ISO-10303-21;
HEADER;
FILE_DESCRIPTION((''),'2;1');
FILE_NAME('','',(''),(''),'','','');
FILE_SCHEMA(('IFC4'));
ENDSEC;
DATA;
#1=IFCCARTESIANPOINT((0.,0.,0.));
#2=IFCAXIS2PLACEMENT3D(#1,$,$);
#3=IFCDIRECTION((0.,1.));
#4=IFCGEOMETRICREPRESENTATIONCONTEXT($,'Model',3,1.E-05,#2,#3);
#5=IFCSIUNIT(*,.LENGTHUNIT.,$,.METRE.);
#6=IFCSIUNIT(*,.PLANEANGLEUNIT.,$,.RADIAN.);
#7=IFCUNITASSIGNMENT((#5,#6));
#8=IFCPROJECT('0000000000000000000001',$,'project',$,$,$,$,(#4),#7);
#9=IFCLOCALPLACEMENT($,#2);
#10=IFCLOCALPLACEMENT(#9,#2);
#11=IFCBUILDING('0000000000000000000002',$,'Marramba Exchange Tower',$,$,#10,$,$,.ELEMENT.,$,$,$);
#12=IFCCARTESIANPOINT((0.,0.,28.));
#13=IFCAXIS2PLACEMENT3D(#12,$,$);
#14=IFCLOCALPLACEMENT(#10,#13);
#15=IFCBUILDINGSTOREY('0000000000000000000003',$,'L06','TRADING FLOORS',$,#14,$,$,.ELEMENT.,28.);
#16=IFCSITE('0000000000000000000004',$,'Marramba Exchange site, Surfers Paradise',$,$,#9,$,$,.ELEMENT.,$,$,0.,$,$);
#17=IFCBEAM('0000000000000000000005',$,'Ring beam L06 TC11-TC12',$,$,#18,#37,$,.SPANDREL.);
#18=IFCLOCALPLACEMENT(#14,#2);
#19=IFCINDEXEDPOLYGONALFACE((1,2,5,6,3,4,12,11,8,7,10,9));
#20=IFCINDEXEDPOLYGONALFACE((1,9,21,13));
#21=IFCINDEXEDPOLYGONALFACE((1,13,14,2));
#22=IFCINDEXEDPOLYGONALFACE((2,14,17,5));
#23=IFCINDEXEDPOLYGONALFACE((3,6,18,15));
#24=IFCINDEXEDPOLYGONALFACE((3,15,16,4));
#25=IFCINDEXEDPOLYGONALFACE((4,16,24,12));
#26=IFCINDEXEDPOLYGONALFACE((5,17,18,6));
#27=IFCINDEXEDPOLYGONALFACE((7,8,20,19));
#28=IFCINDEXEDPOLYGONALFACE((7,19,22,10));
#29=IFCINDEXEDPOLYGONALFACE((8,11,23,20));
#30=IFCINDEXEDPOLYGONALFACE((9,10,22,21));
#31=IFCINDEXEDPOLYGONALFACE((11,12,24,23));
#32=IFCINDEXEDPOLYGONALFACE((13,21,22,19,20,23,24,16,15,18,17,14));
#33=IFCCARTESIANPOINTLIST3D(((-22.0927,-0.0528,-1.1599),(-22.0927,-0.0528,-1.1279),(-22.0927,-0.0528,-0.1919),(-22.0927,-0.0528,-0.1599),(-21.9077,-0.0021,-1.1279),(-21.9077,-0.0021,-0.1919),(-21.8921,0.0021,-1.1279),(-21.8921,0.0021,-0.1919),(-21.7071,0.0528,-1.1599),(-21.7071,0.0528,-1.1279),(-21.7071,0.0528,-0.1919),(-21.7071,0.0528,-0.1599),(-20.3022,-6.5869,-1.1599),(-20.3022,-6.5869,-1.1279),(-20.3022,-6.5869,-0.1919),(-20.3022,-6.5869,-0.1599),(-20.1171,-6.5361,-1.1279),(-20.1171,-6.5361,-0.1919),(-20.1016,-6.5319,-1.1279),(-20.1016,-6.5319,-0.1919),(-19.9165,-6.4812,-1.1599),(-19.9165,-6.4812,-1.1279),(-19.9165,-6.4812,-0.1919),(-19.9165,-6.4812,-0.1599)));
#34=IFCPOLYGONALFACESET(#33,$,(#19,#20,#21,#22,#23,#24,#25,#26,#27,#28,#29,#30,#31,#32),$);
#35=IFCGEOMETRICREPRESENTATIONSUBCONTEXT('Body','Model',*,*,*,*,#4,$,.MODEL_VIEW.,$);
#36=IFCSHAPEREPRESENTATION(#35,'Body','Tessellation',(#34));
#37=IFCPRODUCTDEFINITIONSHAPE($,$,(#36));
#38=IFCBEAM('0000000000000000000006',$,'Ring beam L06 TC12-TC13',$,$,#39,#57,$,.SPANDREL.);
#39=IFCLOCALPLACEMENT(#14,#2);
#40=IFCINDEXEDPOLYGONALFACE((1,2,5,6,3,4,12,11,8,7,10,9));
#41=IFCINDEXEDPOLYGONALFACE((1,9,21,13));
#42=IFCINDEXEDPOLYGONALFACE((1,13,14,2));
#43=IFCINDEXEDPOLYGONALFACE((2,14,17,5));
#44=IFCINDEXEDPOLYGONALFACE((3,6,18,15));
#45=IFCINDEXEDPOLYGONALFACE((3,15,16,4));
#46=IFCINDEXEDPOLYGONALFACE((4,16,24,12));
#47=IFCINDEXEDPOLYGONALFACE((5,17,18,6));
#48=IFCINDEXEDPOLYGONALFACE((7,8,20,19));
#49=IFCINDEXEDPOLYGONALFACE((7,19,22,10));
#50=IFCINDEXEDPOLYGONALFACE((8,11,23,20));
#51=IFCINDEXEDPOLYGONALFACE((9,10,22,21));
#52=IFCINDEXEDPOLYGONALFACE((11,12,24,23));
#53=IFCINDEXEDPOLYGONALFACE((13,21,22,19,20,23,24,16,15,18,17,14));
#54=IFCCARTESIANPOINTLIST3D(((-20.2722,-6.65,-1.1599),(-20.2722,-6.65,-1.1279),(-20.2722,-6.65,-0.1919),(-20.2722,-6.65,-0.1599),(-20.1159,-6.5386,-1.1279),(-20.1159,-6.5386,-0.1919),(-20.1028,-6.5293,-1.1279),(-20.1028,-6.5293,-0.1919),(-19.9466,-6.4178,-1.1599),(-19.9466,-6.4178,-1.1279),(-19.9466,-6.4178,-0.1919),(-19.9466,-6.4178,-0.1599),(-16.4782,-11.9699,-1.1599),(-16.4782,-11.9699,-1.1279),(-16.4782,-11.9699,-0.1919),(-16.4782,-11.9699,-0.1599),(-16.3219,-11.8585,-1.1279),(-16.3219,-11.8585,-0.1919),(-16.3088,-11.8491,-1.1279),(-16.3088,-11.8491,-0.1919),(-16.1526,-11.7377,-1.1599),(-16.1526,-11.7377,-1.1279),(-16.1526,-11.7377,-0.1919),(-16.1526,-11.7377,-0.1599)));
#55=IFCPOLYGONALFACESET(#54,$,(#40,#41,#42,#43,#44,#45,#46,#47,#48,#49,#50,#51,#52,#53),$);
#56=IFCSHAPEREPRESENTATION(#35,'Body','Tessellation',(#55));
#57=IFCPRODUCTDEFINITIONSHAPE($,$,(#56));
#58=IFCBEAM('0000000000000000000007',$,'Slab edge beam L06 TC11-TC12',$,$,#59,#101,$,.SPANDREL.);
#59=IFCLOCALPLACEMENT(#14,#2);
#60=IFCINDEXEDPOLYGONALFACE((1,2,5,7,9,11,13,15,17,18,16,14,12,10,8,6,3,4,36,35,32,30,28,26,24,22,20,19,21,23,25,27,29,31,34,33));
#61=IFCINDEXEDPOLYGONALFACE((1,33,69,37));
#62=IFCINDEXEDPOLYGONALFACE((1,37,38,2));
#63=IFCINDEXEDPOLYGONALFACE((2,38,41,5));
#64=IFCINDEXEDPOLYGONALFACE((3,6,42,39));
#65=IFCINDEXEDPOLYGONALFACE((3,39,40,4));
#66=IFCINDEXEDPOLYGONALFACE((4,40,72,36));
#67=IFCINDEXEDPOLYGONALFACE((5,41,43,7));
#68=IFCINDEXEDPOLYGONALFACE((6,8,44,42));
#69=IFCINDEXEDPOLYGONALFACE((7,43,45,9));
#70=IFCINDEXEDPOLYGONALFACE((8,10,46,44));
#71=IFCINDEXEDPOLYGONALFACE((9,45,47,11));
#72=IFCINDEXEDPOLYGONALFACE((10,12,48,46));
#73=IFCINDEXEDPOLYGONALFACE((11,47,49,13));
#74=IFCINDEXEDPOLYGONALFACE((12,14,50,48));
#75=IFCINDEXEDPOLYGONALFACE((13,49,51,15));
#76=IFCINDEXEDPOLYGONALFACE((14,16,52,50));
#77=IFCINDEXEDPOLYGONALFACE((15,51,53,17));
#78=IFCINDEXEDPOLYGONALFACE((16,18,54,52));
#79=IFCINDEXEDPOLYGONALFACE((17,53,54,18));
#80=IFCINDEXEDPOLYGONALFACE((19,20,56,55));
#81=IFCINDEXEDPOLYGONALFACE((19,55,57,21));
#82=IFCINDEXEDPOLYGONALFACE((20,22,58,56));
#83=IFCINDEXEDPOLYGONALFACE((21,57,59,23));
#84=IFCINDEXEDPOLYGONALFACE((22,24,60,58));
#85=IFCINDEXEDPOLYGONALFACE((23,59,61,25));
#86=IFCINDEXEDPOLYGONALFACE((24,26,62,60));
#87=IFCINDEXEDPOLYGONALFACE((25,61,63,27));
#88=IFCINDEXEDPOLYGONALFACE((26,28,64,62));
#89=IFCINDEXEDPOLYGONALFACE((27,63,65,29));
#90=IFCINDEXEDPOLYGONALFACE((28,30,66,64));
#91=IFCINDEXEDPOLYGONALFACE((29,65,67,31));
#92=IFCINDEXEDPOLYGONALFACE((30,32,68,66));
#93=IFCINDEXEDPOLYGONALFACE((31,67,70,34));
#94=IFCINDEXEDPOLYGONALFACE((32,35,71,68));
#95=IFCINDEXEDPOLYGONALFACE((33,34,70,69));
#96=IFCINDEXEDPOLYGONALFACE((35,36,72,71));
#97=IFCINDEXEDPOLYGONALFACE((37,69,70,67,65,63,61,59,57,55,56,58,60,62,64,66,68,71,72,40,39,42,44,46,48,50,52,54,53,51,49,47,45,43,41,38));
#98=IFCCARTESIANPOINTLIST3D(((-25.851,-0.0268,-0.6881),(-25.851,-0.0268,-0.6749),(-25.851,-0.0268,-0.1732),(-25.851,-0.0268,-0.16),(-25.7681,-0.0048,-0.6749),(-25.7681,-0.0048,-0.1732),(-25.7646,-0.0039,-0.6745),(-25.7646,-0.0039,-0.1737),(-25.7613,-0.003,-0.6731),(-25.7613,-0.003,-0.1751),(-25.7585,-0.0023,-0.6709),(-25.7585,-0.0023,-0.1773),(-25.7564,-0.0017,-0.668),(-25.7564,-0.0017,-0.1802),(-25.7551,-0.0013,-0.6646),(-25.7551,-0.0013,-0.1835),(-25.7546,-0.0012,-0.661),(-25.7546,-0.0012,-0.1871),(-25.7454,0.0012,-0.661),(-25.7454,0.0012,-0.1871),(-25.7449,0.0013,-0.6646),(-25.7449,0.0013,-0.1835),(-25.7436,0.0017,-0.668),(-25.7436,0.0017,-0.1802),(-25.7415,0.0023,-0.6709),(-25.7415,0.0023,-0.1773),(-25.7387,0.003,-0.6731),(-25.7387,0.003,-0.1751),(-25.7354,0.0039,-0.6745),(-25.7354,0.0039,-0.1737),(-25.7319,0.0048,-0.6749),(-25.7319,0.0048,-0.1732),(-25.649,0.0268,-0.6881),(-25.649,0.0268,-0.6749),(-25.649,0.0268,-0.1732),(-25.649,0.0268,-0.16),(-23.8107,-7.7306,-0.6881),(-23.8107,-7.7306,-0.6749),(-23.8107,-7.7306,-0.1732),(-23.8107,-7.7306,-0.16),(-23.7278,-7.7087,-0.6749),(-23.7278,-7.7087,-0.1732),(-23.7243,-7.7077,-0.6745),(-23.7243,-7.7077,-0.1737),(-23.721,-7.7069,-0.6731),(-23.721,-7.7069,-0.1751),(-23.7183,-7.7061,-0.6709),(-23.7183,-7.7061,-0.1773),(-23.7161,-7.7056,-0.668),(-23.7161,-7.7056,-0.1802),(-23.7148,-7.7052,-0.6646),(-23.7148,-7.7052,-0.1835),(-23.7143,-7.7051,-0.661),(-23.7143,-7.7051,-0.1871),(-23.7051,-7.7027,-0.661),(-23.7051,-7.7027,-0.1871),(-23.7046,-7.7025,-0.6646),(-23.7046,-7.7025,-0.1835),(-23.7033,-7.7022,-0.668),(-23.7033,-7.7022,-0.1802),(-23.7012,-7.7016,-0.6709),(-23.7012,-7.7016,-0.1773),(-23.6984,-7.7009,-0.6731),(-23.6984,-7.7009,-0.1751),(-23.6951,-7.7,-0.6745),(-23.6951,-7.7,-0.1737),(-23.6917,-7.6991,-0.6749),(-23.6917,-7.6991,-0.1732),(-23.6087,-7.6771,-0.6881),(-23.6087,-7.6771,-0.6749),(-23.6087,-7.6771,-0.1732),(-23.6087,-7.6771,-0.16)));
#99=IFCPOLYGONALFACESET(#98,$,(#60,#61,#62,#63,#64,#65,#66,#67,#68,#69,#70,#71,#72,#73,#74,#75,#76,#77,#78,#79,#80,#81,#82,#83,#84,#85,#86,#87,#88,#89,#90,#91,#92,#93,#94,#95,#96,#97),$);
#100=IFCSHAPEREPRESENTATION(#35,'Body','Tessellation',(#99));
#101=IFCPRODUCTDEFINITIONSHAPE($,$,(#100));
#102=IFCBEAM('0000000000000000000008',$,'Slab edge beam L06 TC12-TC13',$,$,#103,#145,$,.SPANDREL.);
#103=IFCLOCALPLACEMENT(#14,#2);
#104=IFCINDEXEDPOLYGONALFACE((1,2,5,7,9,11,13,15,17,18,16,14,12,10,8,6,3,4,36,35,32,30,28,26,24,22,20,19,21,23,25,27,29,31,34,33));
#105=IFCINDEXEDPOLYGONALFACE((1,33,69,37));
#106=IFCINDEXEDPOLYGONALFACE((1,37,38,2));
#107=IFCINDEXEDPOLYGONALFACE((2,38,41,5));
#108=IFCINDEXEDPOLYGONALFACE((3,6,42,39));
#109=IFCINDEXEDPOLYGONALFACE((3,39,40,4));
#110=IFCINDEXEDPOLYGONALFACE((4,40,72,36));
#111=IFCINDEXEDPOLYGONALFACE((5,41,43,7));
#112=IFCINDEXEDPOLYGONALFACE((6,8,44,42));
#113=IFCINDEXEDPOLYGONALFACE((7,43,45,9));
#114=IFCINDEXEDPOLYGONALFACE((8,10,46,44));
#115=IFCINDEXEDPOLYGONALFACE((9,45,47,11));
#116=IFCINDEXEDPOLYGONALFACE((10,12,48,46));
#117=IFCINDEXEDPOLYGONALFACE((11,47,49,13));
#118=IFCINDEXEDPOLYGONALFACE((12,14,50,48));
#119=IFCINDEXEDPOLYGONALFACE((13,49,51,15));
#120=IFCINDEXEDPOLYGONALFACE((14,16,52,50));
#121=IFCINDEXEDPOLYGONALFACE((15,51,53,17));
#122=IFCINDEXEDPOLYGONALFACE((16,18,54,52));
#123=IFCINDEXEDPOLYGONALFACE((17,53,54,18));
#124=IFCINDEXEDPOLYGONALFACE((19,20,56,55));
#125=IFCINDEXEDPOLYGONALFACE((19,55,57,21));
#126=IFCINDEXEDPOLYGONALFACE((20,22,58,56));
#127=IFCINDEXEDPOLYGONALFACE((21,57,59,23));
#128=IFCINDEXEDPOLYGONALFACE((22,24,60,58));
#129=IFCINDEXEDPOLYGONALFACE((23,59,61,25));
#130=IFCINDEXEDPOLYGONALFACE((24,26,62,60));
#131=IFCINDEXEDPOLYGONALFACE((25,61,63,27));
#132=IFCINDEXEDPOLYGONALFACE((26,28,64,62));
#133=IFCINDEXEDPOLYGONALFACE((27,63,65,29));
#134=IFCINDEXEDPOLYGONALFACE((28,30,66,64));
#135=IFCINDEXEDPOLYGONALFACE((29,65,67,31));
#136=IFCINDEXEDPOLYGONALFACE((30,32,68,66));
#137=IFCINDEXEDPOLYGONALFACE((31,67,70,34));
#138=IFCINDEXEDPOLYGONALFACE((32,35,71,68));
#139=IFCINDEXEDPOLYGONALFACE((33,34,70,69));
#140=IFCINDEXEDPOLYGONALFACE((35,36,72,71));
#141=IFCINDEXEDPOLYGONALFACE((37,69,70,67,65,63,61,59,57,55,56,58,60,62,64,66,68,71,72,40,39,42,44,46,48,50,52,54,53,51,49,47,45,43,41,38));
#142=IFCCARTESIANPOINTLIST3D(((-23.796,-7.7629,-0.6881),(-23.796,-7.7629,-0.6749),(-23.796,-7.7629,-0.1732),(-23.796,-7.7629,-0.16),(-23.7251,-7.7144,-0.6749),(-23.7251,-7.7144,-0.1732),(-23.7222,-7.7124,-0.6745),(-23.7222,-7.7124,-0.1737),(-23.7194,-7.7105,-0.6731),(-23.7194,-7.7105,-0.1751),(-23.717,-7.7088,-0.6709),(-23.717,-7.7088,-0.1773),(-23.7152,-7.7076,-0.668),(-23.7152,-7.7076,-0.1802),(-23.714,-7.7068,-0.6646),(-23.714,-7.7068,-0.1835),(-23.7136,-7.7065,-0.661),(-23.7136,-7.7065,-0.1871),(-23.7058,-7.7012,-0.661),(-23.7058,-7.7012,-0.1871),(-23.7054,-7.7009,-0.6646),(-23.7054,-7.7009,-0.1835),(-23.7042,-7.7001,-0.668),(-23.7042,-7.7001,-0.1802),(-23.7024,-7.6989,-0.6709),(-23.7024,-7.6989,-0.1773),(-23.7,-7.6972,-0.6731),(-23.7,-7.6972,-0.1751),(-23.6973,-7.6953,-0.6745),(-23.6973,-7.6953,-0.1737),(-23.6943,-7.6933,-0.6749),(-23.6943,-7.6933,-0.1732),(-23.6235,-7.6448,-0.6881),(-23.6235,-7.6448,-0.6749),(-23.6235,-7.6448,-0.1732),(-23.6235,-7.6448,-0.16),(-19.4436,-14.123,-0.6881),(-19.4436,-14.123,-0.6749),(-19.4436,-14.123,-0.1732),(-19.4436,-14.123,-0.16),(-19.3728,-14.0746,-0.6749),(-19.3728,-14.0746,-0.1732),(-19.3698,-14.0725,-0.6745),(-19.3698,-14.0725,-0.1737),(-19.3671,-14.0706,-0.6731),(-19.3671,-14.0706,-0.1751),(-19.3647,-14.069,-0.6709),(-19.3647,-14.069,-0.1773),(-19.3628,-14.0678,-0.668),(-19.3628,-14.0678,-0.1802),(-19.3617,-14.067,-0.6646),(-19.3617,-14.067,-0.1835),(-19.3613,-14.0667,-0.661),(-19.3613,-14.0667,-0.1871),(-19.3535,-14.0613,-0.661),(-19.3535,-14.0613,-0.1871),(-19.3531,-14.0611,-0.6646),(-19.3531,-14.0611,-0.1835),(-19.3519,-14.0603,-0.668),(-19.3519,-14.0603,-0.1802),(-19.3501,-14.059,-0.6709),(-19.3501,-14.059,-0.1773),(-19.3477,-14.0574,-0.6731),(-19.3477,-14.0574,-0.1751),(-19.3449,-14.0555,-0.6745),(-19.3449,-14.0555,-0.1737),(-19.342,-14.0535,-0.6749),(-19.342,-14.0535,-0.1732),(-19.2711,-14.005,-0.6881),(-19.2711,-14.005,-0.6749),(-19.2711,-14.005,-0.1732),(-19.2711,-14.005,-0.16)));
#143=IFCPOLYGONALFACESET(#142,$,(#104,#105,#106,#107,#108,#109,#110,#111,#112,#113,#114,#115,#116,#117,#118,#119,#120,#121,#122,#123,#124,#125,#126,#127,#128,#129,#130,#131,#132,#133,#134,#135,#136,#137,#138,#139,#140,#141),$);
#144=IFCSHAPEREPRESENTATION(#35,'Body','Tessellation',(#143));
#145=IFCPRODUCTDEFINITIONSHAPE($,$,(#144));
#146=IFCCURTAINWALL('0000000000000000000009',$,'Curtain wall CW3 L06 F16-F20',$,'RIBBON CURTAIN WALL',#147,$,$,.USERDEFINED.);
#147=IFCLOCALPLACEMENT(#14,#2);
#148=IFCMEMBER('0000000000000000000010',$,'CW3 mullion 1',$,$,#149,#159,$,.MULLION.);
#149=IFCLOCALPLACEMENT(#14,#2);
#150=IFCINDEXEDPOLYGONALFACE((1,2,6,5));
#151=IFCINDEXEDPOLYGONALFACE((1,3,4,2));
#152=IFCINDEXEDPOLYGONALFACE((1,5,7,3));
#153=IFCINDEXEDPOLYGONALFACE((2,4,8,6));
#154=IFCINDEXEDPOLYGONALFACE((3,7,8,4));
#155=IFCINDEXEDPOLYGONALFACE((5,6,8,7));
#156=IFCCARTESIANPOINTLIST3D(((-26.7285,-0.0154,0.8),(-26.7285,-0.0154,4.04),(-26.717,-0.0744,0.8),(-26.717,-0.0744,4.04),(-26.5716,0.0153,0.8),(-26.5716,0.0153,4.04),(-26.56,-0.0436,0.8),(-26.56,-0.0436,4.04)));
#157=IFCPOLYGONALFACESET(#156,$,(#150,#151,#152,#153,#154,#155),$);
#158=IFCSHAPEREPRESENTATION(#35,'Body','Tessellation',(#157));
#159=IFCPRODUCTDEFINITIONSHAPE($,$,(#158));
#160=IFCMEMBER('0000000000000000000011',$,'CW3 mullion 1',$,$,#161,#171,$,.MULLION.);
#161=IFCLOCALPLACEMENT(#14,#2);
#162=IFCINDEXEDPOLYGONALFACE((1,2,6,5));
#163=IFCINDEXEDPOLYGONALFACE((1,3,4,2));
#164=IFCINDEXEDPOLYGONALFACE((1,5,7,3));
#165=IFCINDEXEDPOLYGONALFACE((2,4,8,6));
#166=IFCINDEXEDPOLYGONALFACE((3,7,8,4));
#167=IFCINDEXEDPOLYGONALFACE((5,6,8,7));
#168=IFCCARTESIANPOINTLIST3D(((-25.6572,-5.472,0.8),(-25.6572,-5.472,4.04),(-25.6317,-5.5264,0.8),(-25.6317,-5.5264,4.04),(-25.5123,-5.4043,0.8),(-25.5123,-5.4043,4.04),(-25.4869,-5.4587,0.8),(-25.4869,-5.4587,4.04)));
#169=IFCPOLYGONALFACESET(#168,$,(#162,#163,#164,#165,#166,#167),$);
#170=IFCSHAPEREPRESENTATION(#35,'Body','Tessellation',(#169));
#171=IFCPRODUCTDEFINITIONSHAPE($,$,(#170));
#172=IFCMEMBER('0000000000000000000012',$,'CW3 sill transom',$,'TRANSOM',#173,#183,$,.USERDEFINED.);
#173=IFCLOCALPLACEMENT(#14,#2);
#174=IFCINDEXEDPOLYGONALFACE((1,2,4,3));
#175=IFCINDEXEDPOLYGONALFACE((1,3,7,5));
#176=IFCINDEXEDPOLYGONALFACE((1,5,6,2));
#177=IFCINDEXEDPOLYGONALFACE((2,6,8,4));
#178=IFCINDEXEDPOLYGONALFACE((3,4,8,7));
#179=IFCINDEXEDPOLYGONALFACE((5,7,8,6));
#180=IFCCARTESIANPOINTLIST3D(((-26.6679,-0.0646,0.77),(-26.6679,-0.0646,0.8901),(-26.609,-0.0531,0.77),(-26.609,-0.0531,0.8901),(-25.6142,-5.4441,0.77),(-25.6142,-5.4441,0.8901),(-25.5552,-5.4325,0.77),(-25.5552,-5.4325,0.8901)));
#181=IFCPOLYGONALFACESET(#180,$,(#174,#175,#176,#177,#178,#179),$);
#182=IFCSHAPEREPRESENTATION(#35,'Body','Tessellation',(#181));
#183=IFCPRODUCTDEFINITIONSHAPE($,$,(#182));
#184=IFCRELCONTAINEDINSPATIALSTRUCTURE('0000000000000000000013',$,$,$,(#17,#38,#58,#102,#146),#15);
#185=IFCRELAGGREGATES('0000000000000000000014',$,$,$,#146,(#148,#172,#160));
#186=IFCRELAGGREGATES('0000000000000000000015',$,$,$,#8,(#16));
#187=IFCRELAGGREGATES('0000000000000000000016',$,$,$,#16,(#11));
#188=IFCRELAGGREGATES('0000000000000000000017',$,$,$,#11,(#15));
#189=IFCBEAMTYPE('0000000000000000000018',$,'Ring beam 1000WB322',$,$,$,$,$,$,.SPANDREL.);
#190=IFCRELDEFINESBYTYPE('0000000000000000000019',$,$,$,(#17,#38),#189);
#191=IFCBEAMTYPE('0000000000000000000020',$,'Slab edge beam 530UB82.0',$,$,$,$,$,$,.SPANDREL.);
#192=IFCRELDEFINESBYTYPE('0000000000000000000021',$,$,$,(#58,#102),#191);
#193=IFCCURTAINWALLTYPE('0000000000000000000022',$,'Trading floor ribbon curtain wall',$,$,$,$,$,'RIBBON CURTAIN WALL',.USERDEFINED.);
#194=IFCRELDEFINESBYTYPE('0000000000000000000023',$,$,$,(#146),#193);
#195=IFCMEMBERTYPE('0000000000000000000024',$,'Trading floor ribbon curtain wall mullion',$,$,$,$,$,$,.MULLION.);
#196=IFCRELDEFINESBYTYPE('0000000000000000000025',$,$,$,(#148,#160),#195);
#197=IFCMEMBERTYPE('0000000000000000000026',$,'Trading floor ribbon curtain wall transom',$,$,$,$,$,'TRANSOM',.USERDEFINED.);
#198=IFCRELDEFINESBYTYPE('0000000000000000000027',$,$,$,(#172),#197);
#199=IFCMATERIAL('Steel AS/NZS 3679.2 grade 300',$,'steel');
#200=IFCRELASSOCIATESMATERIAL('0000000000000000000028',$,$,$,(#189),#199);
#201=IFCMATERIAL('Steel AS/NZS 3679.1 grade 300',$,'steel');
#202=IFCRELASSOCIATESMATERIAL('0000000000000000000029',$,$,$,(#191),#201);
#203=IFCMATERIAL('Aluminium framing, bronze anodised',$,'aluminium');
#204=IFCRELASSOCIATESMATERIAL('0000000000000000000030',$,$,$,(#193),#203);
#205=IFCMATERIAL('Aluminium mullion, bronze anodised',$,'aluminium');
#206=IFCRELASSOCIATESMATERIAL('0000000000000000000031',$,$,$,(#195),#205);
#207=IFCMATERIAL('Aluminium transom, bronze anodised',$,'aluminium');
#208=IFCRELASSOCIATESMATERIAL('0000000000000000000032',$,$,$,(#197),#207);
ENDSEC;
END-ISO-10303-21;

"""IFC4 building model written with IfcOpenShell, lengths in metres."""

from ifc_helpers import new_model, si_unit, direction, frame, origin, origin_2d, place, context, subcontext, project, spatial, rectangle, i_section, extrude, material, material_profile, profile_set, type_object, element, aggregate, save


model = new_model("IFC4")

# Units and contexts
model_context = context("Model", 3, precision=1e-05, world=origin(), true_north=direction((0.0, 1.0)))
body_context = subcontext(model_context, "Body", "Model", "MODEL_VIEW")
ifc_project = project(units=[si_unit("LENGTHUNIT", "METRE"), si_unit("PLANEANGLEUNIT", "RADIAN")], contexts=[model_context])

# Site, building, storey
site_placement = place(None, origin())
site = spatial("IfcSite", under=ifc_project, at=site_placement, Name="Marramba Exchange site, Surfers Paradise", CompositionType="ELEMENT", RefElevation=0.0)
building_placement = place(site_placement, origin())
building = spatial("IfcBuilding", under=site, at=building_placement, Name="Marramba Exchange Tower", CompositionType="ELEMENT")
storey_placement = place(building_placement, frame((0.0, 0.0, 28.0)))
storey = spatial("IfcBuildingStorey", under=building, at=storey_placement, Name="L06", Description="TRADING FLOORS", CompositionType="ELEMENT", Elevation=28.0)

# Beams
ifc_material_1 = material(Name="Steel AS/NZS 3679.2 grade 300", Category="steel")
ifc_material_2 = material(Name="Steel AS/NZS 3679.1 grade 300", Category="steel")
ifc_material_profile_1 = material_profile(ifc_material_1, i_section(OverallWidth=0.3999, OverallDepth=1.0, WebThickness=0.0161, FlangeThickness=0.032, at=origin_2d()), Name="1000WB322")
ifc_profile_set_1 = profile_set([ifc_material_profile_1], Name="Steel AS/NZS 3679.2 grade 300")
beam_type_1 = type_object("IfcBeamType", Name="Ring beam 1000WB322", PredefinedType="SPANDREL", material=ifc_profile_set_1)
beam_1_placement = place(storey_placement, frame((-21.8999, 0.0, -0.6599), z_axis=(0.264291, -0.964443, 0.0), x_axis=(0.964443, 0.264291, 0.0)))
element("IfcBeam", 1, at=beam_1_placement, inside=storey, type_object=beam_type_1, Name="Ring beam L06 TC11-TC12", PredefinedType="SPANDREL", context=body_context, shape_type="SweptSolid", body=[
    extrude(i_section(OverallWidth=0.3999, OverallDepth=1.0, WebThickness=0.0161, FlangeThickness=0.032, at=origin_2d()), origin(), (0.0, 0.0, 1.0), 6.7749),
])
beam_2_placement = place(storey_placement, frame((-20.1094, -6.5339, -0.6599), z_axis=(0.580637, -0.814162, 0.0), x_axis=(0.814162, 0.580637, 0.0)))
element("IfcBeam", 2, at=beam_2_placement, inside=storey, type_object=beam_type_1, Name="Ring beam L06 TC12-TC13", PredefinedType="SPANDREL", context=body_context, shape_type="SweptSolid", body=[
    extrude(i_section(OverallWidth=0.3999, OverallDepth=1.0, WebThickness=0.0161, FlangeThickness=0.032, at=origin_2d()), origin(), (0.0, 0.0, 1.0), 6.5342),
])
ifc_material_profile_2 = material_profile(ifc_material_2, i_section(OverallWidth=0.209, OverallDepth=0.5281, WebThickness=0.0095, FlangeThickness=0.0132, FilletRadius=0.0139, at=origin_2d()), Name="530UB82.0")
ifc_profile_set_2 = profile_set([ifc_material_profile_2], Name="Steel AS/NZS 3679.1 grade 300")
beam_type_2 = type_object("IfcBeamType", Name="Slab edge beam 530UB82.0", PredefinedType="SPANDREL", material=ifc_profile_set_2)
beam_3_placement = place(storey_placement, frame((-25.75, 0.0, -0.4241), z_axis=(0.256013, -0.966673, 0.0), x_axis=(0.966673, 0.256013, 0.0)))
element("IfcBeam", 3, at=beam_3_placement, inside=storey, type_object=beam_type_2, Name="Slab edge beam L06 TC11-TC12", PredefinedType="SPANDREL", context=body_context, shape_type="SweptSolid", body=[
    extrude(i_section(OverallWidth=0.209, OverallDepth=0.5281, WebThickness=0.0095, FlangeThickness=0.0132, FilletRadius=0.0139, at=origin_2d()), origin(), (0.0, 0.0, 1.0), 7.9695),
])
beam_4_placement = place(storey_placement, frame((-23.7097, -7.7039, -0.4241), z_axis=(0.564741, -0.825268, 0.0), x_axis=(0.825268, 0.564741, 0.0)))
element("IfcBeam", 4, at=beam_4_placement, inside=storey, type_object=beam_type_2, Name="Slab edge beam L06 TC12-TC13", PredefinedType="SPANDREL", context=body_context, shape_type="SweptSolid", body=[
    extrude(i_section(OverallWidth=0.209, OverallDepth=0.5281, WebThickness=0.0095, FlangeThickness=0.0132, FilletRadius=0.0139, at=origin_2d()), origin(), (0.0, 0.0, 1.0), 7.7068),
])

# Curtain wall, members
ifc_material_3 = material(Name="Aluminium framing, bronze anodised", Category="aluminium")
curtain_wall_type = type_object("IfcCurtainWallType", Name="Trading floor ribbon curtain wall", ElementType="RIBBON CURTAIN WALL", PredefinedType="USERDEFINED", material=ifc_material_3)
curtain_wall_placement = place(storey_placement, origin())
curtain_wall = element("IfcCurtainWall", 5, at=curtain_wall_placement, inside=storey, type_object=curtain_wall_type, Name="Curtain wall CW3 L06 F16-F20", ObjectType="RIBBON CURTAIN WALL", PredefinedType="USERDEFINED")
ifc_material_4 = material(Name="Aluminium mullion, bronze anodised", Category="aluminium")
ifc_material_profile_3 = material_profile(ifc_material_4, rectangle(XDim=0.1599, YDim=0.0601, at=origin_2d()), Name="CW3 mullion 60x160")
ifc_profile_set_3 = profile_set([ifc_material_profile_3], Name="Aluminium mullion, bronze anodised")
member_type_1 = type_object("IfcMemberType", Name="Trading floor ribbon curtain wall mullion", PredefinedType="MULLION", material=ifc_profile_set_3)
member_1_placement = place(storey_placement, frame((-26.6443, -0.0295, 0.8), z_axis=(0.0, 0.0, 1.0), x_axis=(0.981346, 0.192249, 0.0)))
member_1 = element("IfcMember", 6, at=member_1_placement, type_object=member_type_1, Name="CW3 mullion 1", PredefinedType="MULLION", context=body_context, shape_type="SweptSolid", body=[
    extrude(rectangle(XDim=0.1599, YDim=0.0601, at=origin_2d()), origin(), (0.0, 0.0, 1.0), 3.24),
])
member_2_placement = place(storey_placement, frame((-25.572, -5.4653, 0.8), z_axis=(0.0, 0.0, 1.0), x_axis=(0.905907, 0.423477, 0.0)))
member_2 = element("IfcMember", 7, at=member_2_placement, type_object=member_type_1, Name="CW3 mullion 1", PredefinedType="MULLION", context=body_context, shape_type="SweptSolid", body=[
    extrude(rectangle(XDim=0.1599, YDim=0.0601, at=origin_2d()), origin(), (0.0, 0.0, 1.0), 3.24),
])
ifc_material_5 = material(Name="Aluminium transom, bronze anodised", Category="aluminium")
ifc_material_profile_4 = material_profile(ifc_material_5, rectangle(XDim=0.0601, YDim=0.1201, at=origin_2d()), Name="CW3 transom 60x120")
ifc_profile_set_4 = profile_set([ifc_material_profile_4], Name="Aluminium transom, bronze anodised")
member_type_2 = type_object("IfcMemberType", Name="Trading floor ribbon curtain wall transom", ElementType="TRANSOM", PredefinedType="USERDEFINED", material=ifc_profile_set_4)
member_3_placement = place(storey_placement, frame((-26.6384, -0.0588, 0.8301), z_axis=(0.192226, -0.981351, 0.0), x_axis=(0.981351, 0.192226, 0.0)))
member_3 = element("IfcMember", 8, at=member_3_placement, type_object=member_type_2, Name="CW3 sill transom", ObjectType="TRANSOM", PredefinedType="USERDEFINED", context=body_context, shape_type="SweptSolid", body=[
    extrude(rectangle(XDim=0.0601, YDim=0.1201, at=origin_2d()), origin(), (0.0, 0.0, 1.0), 5.4817),
])
aggregate(curtain_wall, [member_1, member_3, member_2])

save(model, "model.ifc")
